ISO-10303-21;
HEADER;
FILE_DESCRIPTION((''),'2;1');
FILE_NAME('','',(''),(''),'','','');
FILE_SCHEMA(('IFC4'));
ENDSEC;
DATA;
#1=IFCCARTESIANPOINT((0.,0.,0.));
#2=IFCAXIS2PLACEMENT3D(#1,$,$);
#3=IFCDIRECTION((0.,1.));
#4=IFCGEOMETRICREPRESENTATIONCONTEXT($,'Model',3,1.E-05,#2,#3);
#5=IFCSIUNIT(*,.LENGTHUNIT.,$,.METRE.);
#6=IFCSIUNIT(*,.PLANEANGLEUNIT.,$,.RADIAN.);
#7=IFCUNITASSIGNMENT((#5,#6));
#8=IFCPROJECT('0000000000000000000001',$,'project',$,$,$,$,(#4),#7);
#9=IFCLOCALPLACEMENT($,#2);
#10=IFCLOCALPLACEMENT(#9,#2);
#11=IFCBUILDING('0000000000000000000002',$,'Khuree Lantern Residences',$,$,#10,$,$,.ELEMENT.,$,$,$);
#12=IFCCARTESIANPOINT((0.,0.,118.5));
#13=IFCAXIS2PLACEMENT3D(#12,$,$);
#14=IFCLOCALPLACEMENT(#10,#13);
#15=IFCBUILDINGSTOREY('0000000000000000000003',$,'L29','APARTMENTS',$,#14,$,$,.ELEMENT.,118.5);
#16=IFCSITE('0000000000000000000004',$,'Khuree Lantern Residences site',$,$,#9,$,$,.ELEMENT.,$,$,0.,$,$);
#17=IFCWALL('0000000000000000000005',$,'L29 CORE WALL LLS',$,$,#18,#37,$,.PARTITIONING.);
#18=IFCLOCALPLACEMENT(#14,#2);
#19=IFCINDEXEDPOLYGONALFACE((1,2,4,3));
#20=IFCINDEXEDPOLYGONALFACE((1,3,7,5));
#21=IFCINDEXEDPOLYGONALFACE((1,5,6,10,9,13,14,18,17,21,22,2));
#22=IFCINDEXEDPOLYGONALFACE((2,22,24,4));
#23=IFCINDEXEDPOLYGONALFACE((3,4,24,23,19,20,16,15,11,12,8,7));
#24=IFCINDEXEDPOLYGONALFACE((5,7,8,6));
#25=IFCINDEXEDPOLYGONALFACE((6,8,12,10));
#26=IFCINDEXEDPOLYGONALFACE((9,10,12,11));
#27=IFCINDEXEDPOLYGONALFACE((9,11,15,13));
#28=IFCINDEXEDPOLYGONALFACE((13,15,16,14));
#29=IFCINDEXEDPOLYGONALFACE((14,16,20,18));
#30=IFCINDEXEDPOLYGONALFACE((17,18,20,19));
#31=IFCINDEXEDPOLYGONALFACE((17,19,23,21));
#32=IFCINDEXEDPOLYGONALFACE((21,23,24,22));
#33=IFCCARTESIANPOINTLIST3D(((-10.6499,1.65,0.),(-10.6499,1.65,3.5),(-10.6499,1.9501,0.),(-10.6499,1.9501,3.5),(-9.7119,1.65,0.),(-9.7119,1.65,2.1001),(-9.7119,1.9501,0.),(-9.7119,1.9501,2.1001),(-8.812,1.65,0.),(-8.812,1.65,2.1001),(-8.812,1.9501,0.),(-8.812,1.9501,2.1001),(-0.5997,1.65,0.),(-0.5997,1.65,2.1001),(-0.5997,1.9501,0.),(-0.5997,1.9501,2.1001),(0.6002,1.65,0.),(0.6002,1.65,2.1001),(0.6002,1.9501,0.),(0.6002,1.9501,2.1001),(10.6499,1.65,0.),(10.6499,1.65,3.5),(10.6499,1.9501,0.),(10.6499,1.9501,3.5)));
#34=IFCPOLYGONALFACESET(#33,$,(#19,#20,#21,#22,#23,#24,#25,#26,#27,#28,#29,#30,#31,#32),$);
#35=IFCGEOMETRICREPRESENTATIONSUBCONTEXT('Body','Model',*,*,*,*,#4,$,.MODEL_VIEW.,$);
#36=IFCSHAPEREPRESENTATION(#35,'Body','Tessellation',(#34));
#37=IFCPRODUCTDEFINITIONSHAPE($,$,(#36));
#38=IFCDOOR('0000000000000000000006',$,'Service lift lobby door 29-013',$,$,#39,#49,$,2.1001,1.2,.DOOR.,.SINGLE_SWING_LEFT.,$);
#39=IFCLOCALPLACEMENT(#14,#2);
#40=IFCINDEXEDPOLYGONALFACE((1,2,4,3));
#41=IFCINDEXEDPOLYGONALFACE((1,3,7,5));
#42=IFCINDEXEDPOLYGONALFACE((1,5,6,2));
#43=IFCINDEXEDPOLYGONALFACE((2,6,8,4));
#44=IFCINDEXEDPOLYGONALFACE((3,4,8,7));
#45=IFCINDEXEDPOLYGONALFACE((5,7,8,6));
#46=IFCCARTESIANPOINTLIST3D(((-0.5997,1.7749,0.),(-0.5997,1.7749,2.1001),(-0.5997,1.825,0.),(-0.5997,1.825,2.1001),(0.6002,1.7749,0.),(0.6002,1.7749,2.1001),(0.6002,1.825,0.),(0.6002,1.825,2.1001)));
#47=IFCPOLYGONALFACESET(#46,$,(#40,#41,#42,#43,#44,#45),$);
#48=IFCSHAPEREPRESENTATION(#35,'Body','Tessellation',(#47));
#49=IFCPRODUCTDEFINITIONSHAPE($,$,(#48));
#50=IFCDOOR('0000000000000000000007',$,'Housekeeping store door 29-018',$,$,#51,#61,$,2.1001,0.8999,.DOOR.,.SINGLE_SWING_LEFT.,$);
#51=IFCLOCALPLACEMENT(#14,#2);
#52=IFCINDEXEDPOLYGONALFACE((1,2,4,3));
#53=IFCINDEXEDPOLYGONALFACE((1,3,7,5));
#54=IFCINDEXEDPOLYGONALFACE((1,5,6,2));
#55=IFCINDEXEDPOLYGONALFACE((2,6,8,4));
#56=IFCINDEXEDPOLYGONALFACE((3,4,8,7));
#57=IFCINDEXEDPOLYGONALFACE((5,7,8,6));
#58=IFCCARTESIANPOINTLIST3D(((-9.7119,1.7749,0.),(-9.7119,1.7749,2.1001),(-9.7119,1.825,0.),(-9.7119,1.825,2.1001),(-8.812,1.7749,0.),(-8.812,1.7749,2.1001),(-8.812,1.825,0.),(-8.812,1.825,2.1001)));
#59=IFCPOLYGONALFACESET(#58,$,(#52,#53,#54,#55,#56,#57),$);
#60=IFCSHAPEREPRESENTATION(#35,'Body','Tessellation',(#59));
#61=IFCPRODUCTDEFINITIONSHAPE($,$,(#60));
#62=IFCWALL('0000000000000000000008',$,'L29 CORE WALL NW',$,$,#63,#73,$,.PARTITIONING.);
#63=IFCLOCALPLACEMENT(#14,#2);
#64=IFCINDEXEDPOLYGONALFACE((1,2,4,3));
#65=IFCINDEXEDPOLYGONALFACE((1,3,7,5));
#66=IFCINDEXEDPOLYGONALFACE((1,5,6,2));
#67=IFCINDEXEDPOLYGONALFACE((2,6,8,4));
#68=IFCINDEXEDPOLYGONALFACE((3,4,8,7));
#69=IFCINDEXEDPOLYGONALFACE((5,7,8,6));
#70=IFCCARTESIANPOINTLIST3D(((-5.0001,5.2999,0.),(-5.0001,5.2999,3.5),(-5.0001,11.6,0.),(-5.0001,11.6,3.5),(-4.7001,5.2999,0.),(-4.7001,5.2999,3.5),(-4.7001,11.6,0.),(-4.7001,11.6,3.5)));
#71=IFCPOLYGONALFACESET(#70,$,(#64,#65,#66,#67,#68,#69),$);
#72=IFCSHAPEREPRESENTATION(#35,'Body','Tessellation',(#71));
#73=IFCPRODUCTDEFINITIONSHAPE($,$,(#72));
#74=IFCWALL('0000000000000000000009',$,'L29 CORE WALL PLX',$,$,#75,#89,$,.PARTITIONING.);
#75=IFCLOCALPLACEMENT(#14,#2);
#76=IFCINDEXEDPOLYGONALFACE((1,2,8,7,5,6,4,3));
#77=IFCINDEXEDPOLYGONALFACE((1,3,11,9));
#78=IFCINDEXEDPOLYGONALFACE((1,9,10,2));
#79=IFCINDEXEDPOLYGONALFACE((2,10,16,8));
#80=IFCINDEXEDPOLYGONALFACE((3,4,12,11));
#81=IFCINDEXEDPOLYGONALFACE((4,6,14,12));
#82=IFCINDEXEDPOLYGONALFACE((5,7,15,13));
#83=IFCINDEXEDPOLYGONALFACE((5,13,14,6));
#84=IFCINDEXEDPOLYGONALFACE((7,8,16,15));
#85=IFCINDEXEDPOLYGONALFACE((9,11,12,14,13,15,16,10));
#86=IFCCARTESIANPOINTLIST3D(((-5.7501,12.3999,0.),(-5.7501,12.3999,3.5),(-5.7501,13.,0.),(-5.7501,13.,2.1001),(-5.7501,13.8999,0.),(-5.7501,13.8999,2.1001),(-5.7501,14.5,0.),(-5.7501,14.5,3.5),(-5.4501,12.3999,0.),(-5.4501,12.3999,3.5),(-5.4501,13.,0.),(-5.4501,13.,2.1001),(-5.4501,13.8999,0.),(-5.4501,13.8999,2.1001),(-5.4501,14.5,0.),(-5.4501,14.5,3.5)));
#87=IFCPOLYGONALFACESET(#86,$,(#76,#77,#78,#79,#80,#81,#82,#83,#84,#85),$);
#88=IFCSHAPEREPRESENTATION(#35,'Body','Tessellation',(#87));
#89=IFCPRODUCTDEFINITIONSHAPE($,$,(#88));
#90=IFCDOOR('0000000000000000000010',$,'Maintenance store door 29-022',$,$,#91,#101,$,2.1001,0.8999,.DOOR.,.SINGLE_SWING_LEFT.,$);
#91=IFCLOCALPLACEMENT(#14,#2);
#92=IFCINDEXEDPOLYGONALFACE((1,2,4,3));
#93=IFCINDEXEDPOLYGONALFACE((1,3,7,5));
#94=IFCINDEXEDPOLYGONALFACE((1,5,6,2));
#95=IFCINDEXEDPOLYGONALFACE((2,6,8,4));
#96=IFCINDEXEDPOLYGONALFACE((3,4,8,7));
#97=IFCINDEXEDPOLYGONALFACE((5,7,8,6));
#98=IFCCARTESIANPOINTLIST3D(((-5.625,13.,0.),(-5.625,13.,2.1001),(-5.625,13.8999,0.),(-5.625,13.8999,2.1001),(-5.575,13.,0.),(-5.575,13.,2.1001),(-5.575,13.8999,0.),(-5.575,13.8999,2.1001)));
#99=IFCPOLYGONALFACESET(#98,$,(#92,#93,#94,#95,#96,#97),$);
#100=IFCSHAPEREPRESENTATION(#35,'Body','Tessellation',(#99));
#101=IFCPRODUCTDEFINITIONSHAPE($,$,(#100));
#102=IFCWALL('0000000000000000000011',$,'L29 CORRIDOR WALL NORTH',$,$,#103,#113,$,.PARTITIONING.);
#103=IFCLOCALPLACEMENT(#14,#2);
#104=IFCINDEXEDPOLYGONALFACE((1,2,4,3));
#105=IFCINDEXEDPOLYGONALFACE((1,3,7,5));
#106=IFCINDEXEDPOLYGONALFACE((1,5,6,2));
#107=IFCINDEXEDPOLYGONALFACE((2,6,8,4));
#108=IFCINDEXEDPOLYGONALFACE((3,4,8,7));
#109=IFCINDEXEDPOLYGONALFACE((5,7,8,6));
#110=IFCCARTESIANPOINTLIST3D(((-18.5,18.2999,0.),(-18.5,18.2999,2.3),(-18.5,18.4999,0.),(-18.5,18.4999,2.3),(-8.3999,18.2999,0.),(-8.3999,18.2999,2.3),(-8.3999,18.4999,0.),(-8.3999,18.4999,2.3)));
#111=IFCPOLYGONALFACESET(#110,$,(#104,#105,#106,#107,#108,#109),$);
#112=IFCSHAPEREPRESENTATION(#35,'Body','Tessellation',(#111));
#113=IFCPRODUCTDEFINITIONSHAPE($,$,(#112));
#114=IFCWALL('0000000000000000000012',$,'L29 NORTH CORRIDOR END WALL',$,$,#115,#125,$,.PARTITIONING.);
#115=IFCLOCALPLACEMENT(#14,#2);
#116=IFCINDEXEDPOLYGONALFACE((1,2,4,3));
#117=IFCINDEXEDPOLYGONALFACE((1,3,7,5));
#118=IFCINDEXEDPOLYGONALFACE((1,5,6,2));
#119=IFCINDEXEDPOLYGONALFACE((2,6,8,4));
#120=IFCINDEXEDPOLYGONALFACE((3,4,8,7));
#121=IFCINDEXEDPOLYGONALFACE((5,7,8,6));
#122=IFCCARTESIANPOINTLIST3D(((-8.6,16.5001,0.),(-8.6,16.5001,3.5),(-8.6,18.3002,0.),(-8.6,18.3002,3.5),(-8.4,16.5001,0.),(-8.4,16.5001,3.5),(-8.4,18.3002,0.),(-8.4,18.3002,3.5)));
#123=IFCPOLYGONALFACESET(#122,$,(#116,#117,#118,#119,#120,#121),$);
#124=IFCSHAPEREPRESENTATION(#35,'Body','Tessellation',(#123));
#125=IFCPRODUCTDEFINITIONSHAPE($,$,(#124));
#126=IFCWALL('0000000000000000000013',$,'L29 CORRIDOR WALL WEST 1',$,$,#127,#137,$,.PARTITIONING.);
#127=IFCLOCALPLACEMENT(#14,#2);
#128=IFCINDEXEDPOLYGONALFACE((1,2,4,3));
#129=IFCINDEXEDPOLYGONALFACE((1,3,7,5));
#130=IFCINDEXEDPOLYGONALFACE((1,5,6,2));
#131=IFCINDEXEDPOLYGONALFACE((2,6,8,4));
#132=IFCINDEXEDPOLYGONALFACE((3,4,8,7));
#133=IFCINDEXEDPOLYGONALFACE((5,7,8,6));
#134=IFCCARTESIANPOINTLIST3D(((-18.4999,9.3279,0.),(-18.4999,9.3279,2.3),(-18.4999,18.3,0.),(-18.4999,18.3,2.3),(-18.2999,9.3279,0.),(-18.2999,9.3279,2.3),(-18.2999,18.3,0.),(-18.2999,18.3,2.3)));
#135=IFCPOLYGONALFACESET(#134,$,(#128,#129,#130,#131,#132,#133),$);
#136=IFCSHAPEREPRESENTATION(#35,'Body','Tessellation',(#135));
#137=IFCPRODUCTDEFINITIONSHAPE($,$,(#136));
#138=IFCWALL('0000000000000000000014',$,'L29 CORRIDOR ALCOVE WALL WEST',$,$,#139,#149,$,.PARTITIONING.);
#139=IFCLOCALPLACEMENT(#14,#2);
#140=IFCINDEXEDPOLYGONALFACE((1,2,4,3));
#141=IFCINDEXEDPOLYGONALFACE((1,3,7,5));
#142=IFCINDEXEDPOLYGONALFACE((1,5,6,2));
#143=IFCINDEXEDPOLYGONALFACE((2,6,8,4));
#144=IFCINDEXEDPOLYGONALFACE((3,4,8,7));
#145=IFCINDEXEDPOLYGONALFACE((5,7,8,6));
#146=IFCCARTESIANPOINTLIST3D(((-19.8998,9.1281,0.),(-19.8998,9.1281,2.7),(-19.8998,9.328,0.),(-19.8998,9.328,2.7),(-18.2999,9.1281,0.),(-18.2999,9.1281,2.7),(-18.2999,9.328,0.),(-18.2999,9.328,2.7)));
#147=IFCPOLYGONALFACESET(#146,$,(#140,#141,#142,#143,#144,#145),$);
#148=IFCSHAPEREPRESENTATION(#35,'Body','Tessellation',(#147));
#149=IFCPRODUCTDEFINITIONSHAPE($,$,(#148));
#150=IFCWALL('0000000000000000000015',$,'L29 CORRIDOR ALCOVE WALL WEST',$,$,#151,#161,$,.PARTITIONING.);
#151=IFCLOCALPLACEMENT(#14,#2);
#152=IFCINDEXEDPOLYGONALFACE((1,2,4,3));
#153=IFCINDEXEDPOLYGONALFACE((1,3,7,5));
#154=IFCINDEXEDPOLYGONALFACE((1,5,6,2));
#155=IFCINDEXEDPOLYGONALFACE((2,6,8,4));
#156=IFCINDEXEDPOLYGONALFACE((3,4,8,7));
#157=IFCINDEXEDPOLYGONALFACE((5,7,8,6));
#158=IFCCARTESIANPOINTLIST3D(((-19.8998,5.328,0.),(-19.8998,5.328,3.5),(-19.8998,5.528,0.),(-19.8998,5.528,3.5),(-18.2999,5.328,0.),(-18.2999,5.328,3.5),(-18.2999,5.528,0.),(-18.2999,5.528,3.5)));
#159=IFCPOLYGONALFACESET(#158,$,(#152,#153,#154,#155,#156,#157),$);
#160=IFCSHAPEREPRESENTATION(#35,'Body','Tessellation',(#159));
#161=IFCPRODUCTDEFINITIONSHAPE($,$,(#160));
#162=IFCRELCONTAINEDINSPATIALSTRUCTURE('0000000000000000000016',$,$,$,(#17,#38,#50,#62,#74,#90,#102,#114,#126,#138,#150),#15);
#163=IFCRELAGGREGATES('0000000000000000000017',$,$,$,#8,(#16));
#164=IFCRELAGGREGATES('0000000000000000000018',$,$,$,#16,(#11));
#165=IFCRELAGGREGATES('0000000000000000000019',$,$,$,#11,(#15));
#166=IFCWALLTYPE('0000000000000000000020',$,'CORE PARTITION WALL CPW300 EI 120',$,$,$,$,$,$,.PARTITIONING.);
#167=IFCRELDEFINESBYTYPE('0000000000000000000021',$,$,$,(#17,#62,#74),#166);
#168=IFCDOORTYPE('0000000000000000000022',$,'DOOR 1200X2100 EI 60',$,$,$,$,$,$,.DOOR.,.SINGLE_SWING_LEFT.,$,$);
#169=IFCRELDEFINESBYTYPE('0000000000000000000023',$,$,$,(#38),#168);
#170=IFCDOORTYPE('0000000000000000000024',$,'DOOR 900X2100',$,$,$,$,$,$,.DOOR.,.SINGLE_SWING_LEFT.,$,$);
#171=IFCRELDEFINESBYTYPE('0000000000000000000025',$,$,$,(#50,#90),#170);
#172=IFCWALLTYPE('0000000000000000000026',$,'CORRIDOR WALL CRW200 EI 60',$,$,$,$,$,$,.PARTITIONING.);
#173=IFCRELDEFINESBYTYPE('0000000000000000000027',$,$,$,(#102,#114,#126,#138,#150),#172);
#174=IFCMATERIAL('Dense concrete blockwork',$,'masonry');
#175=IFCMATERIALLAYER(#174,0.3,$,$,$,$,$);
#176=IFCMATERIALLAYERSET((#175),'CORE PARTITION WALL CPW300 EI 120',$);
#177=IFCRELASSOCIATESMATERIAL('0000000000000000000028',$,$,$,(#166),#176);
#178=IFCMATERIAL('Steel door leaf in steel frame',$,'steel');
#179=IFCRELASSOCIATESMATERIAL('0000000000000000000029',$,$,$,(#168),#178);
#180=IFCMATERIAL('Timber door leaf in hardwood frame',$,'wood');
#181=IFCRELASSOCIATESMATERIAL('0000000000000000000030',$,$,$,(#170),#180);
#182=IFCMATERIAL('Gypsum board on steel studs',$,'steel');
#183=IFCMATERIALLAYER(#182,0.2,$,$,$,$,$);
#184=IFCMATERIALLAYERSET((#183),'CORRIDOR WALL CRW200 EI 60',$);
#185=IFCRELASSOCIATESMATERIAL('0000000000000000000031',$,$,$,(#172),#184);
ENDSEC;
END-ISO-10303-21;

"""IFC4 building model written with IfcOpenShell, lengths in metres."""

from ifc_helpers import new_model, si_unit, direction, frame, frame_2d, origin, place, context, subcontext, project, spatial, rectangle, extrude, material, layer, layer_set, type_object, element, fill, save


model = new_model("IFC4")

# Units and contexts
model_context = context("Model", 3, precision=1e-05, world=origin(), true_north=direction((0.0, 1.0)))
body_context = subcontext(model_context, "Body", "Model", "MODEL_VIEW")
ifc_project = project(units=[si_unit("LENGTHUNIT", "METRE"), si_unit("PLANEANGLEUNIT", "RADIAN")], contexts=[model_context])

# Site, building, storey
site_placement = place(None, origin())
site = spatial("IfcSite", under=ifc_project, at=site_placement, Name="Khuree Lantern Residences site", CompositionType="ELEMENT", RefElevation=0.0)
building_placement = place(site_placement, origin())
building = spatial("IfcBuilding", under=site, at=building_placement, Name="Khuree Lantern Residences", CompositionType="ELEMENT")
storey_placement = place(building_placement, frame((0.0, 0.0, 118.5)))
storey = spatial("IfcBuildingStorey", under=building, at=storey_placement, Name="L29", Description="APARTMENTS", CompositionType="ELEMENT", Elevation=118.5)

# Shared definitions
ifc_material_1 = material(Name="Dense concrete blockwork", Category="masonry")
ifc_layer_1 = layer(ifc_material_1, 0.3)
ifc_layer_set_1 = layer_set([ifc_layer_1], Name="CORE PARTITION WALL CPW300 EI 120")
wall_type_1 = type_object("IfcWallType", Name="CORE PARTITION WALL CPW300 EI 120", PredefinedType="PARTITIONING", material=ifc_layer_set_1)

# Wall, openings, doors
wall_1_placement = place(storey_placement, frame((-10.6499, 1.8, 0.0), z_axis=(0.0, 0.0, 1.0), x_axis=(1.0, 0.0, 0.0)))
wall_1 = element("IfcWall", 1, at=wall_1_placement, inside=storey, type_object=wall_type_1, Name="L29 CORE WALL LLS", PredefinedType="PARTITIONING", context=body_context, shape_type="SweptSolid", body=[
    extrude(rectangle(XDim=21.2998, YDim=0.3, at=frame_2d((10.6499, 0.0))), origin(), (0.0, 0.0, 1.0), 3.5),
])
opening_1_placement = place(wall_1_placement, frame((10.05, 0.0, 0.0)))
opening_1 = element("IfcOpeningElement", 2, at=opening_1_placement, cuts=wall_1, PredefinedType="OPENING", context=body_context, shape_type="SweptSolid", body=[
    extrude(rectangle(XDim=1.2, YDim=2.1001, at=frame_2d((0.6001, 1.05))), frame((0.0, 0.1602, 0.0), z_axis=(0.0, -1.0, 0.0), x_axis=(1.0, 0.0, 0.0)), (0.0, 0.0, 1.0), 0.3201),
])
opening_2_placement = place(wall_1_placement, frame((0.938, 0.0, 0.0)))
opening_2 = element("IfcOpeningElement", 3, at=opening_2_placement, cuts=wall_1, PredefinedType="OPENING", context=body_context, shape_type="SweptSolid", body=[
    extrude(rectangle(XDim=0.8999, YDim=2.1001, at=frame_2d((0.45, 1.05))), frame((0.0, 0.1602, 0.0), z_axis=(0.0, -1.0, 0.0), x_axis=(1.0, 0.0, 0.0)), (0.0, 0.0, 1.0), 0.3201),
])
ifc_material_2 = material(Name="Steel door leaf in steel frame", Category="steel")
door_type_1 = type_object("IfcDoorType", Name="DOOR 1200X2100 EI 60", OperationType="SINGLE_SWING_LEFT", PredefinedType="DOOR", material=ifc_material_2)
door_1_placement = place(opening_1_placement, origin())
door_1 = element("IfcDoor", 4, at=door_1_placement, inside=storey, type_object=door_type_1, Name="Service lift lobby door 29-013", OperationType="SINGLE_SWING_LEFT", OverallHeight=2.1001, OverallWidth=1.2, PredefinedType="DOOR", context=body_context, shape_type="SweptSolid", body=[
    extrude(rectangle(XDim=1.2, YDim=2.1001, at=frame_2d((0.6001, 1.05))), frame((0.0, 0.0249, 0.0), z_axis=(0.0, -1.0, 0.0), x_axis=(1.0, 0.0, 0.0)), (0.0, 0.0, 1.0), 0.05),
])
fill(opening_1, door_1)
ifc_material_3 = material(Name="Timber door leaf in hardwood frame", Category="wood")
door_type_2 = type_object("IfcDoorType", Name="DOOR 900X2100", OperationType="SINGLE_SWING_LEFT", PredefinedType="DOOR", material=ifc_material_3)
door_2_placement = place(opening_2_placement, origin())
door_2 = element("IfcDoor", 5, at=door_2_placement, inside=storey, type_object=door_type_2, Name="Housekeeping store door 29-018", OperationType="SINGLE_SWING_LEFT", OverallHeight=2.1001, OverallWidth=0.8999, PredefinedType="DOOR", context=body_context, shape_type="SweptSolid", body=[
    extrude(rectangle(XDim=0.8999, YDim=2.1001, at=frame_2d((0.45, 1.05))), frame((0.0, 0.0249, 0.0), z_axis=(0.0, -1.0, 0.0), x_axis=(1.0, 0.0, 0.0)), (0.0, 0.0, 1.0), 0.05),
])
fill(opening_2, door_2)

# Wall
wall_2_placement = place(storey_placement, frame((-4.8501, 5.3, 0.0), z_axis=(0.0, 0.0, 1.0), x_axis=(0.0, 1.0, 0.0)))
element("IfcWall", 6, at=wall_2_placement, inside=storey, type_object=wall_type_1, Name="L29 CORE WALL NW", PredefinedType="PARTITIONING", context=body_context, shape_type="SweptSolid", body=[
    extrude(rectangle(XDim=6.3, YDim=0.3, at=frame_2d((3.1499, 0.0))), origin(), (0.0, 0.0, 1.0), 3.5),
])

# Wall, opening, door
wall_3_placement = place(storey_placement, frame((-5.6001, 12.3999, 0.0), z_axis=(0.0, 0.0, 1.0), x_axis=(0.0, 1.0, 0.0)))
wall_3 = element("IfcWall", 7, at=wall_3_placement, inside=storey, type_object=wall_type_1, Name="L29 CORE WALL PLX", PredefinedType="PARTITIONING", context=body_context, shape_type="SweptSolid", body=[
    extrude(rectangle(XDim=2.1001, YDim=0.3, at=frame_2d((1.05, 0.0))), origin(), (0.0, 0.0, 1.0), 3.5),
])
opening_3_placement = place(wall_3_placement, frame((0.6001, 0.0, 0.0)))
opening_3 = element("IfcOpeningElement", 8, at=opening_3_placement, cuts=wall_3, PredefinedType="OPENING", context=body_context, shape_type="SweptSolid", body=[
    extrude(rectangle(XDim=0.8999, YDim=2.1001, at=frame_2d((0.45, 1.05))), frame((0.0, 0.1602, 0.0), z_axis=(0.0, -1.0, 0.0), x_axis=(1.0, 0.0, 0.0)), (0.0, 0.0, 1.0), 0.3201),
])
door_3_placement = place(opening_3_placement, origin())
door_3 = element("IfcDoor", 9, at=door_3_placement, inside=storey, type_object=door_type_2, Name="Maintenance store door 29-022", OperationType="SINGLE_SWING_LEFT", OverallHeight=2.1001, OverallWidth=0.8999, PredefinedType="DOOR", context=body_context, shape_type="SweptSolid", body=[
    extrude(rectangle(XDim=0.8999, YDim=2.1001, at=frame_2d((0.45, 1.05))), frame((0.0, 0.0249, 0.0), z_axis=(0.0, -1.0, 0.0), x_axis=(1.0, 0.0, 0.0)), (0.0, 0.0, 1.0), 0.05),
])
fill(opening_3, door_3)

# Walls
ifc_material_4 = material(Name="Gypsum board on steel studs", Category="steel")
ifc_layer_2 = layer(ifc_material_4, 0.2)
ifc_layer_set_2 = layer_set([ifc_layer_2], Name="CORRIDOR WALL CRW200 EI 60")
wall_type_2 = type_object("IfcWallType", Name="CORRIDOR WALL CRW200 EI 60", PredefinedType="PARTITIONING", material=ifc_layer_set_2)
wall_4_placement = place(storey_placement, frame((-18.5, 18.3999, 0.0), z_axis=(0.0, 0.0, 1.0), x_axis=(1.0, 0.0, 0.0)))
element("IfcWall", 10, at=wall_4_placement, inside=storey, type_object=wall_type_2, Name="L29 CORRIDOR WALL NORTH", PredefinedType="PARTITIONING", context=body_context, shape_type="SweptSolid", body=[
    extrude(rectangle(XDim=10.1001, YDim=0.2, at=frame_2d((5.05, 0.0))), origin(), (0.0, 0.0, 1.0), 2.3),
])
wall_5_placement = place(storey_placement, frame((-8.5, 18.3, 0.0), z_axis=(0.0, 0.0, 1.0), x_axis=(0.0, -1.0, 0.0)))
element("IfcWall", 11, at=wall_5_placement, inside=storey, type_object=wall_type_2, Name="L29 NORTH CORRIDOR END WALL", PredefinedType="PARTITIONING", context=body_context, shape_type="SweptSolid", body=[
    extrude(rectangle(XDim=1.8, YDim=0.2, at=frame_2d((0.8999, 0.0))), origin(), (0.0, 0.0, 1.0), 3.5),
])
wall_6_placement = place(storey_placement, frame((-18.3999, 18.3, 0.0), z_axis=(0.0, 0.0, 1.0), x_axis=(0.0, -1.0, 0.0)))
element("IfcWall", 12, at=wall_6_placement, inside=storey, type_object=wall_type_2, Name="L29 CORRIDOR WALL WEST 1", PredefinedType="PARTITIONING", context=body_context, shape_type="SweptSolid", body=[
    extrude(rectangle(XDim=8.9722, YDim=0.2, at=frame_2d((4.4861, 0.0))), origin(), (0.0, 0.0, 1.0), 2.3),
])
wall_7_placement = place(storey_placement, frame((-18.3, 9.228, 0.0), z_axis=(0.0, 0.0, 1.0), x_axis=(-1.0, 0.0, 0.0)))
element("IfcWall", 13, at=wall_7_placement, inside=storey, type_object=wall_type_2, Name="L29 CORRIDOR ALCOVE WALL WEST", PredefinedType="PARTITIONING", context=body_context, shape_type="SweptSolid", body=[
    extrude(rectangle(XDim=1.5999, YDim=0.2, at=frame_2d((0.7998, 0.0))), origin(), (0.0, 0.0, 1.0), 2.7),
])
wall_8_placement = place(storey_placement, frame((-18.3, 5.428, 0.0), z_axis=(0.0, 0.0, 1.0), x_axis=(-1.0, 0.0, 0.0)))
element("IfcWall", 14, at=wall_8_placement, inside=storey, type_object=wall_type_2, Name="L29 CORRIDOR ALCOVE WALL WEST", PredefinedType="PARTITIONING", context=body_context, shape_type="SweptSolid", body=[
    extrude(rectangle(XDim=1.5999, YDim=0.2, at=frame_2d((0.7998, 0.0))), origin(), (0.0, 0.0, 1.0), 3.5),
])

save(model, "model.ifc")
